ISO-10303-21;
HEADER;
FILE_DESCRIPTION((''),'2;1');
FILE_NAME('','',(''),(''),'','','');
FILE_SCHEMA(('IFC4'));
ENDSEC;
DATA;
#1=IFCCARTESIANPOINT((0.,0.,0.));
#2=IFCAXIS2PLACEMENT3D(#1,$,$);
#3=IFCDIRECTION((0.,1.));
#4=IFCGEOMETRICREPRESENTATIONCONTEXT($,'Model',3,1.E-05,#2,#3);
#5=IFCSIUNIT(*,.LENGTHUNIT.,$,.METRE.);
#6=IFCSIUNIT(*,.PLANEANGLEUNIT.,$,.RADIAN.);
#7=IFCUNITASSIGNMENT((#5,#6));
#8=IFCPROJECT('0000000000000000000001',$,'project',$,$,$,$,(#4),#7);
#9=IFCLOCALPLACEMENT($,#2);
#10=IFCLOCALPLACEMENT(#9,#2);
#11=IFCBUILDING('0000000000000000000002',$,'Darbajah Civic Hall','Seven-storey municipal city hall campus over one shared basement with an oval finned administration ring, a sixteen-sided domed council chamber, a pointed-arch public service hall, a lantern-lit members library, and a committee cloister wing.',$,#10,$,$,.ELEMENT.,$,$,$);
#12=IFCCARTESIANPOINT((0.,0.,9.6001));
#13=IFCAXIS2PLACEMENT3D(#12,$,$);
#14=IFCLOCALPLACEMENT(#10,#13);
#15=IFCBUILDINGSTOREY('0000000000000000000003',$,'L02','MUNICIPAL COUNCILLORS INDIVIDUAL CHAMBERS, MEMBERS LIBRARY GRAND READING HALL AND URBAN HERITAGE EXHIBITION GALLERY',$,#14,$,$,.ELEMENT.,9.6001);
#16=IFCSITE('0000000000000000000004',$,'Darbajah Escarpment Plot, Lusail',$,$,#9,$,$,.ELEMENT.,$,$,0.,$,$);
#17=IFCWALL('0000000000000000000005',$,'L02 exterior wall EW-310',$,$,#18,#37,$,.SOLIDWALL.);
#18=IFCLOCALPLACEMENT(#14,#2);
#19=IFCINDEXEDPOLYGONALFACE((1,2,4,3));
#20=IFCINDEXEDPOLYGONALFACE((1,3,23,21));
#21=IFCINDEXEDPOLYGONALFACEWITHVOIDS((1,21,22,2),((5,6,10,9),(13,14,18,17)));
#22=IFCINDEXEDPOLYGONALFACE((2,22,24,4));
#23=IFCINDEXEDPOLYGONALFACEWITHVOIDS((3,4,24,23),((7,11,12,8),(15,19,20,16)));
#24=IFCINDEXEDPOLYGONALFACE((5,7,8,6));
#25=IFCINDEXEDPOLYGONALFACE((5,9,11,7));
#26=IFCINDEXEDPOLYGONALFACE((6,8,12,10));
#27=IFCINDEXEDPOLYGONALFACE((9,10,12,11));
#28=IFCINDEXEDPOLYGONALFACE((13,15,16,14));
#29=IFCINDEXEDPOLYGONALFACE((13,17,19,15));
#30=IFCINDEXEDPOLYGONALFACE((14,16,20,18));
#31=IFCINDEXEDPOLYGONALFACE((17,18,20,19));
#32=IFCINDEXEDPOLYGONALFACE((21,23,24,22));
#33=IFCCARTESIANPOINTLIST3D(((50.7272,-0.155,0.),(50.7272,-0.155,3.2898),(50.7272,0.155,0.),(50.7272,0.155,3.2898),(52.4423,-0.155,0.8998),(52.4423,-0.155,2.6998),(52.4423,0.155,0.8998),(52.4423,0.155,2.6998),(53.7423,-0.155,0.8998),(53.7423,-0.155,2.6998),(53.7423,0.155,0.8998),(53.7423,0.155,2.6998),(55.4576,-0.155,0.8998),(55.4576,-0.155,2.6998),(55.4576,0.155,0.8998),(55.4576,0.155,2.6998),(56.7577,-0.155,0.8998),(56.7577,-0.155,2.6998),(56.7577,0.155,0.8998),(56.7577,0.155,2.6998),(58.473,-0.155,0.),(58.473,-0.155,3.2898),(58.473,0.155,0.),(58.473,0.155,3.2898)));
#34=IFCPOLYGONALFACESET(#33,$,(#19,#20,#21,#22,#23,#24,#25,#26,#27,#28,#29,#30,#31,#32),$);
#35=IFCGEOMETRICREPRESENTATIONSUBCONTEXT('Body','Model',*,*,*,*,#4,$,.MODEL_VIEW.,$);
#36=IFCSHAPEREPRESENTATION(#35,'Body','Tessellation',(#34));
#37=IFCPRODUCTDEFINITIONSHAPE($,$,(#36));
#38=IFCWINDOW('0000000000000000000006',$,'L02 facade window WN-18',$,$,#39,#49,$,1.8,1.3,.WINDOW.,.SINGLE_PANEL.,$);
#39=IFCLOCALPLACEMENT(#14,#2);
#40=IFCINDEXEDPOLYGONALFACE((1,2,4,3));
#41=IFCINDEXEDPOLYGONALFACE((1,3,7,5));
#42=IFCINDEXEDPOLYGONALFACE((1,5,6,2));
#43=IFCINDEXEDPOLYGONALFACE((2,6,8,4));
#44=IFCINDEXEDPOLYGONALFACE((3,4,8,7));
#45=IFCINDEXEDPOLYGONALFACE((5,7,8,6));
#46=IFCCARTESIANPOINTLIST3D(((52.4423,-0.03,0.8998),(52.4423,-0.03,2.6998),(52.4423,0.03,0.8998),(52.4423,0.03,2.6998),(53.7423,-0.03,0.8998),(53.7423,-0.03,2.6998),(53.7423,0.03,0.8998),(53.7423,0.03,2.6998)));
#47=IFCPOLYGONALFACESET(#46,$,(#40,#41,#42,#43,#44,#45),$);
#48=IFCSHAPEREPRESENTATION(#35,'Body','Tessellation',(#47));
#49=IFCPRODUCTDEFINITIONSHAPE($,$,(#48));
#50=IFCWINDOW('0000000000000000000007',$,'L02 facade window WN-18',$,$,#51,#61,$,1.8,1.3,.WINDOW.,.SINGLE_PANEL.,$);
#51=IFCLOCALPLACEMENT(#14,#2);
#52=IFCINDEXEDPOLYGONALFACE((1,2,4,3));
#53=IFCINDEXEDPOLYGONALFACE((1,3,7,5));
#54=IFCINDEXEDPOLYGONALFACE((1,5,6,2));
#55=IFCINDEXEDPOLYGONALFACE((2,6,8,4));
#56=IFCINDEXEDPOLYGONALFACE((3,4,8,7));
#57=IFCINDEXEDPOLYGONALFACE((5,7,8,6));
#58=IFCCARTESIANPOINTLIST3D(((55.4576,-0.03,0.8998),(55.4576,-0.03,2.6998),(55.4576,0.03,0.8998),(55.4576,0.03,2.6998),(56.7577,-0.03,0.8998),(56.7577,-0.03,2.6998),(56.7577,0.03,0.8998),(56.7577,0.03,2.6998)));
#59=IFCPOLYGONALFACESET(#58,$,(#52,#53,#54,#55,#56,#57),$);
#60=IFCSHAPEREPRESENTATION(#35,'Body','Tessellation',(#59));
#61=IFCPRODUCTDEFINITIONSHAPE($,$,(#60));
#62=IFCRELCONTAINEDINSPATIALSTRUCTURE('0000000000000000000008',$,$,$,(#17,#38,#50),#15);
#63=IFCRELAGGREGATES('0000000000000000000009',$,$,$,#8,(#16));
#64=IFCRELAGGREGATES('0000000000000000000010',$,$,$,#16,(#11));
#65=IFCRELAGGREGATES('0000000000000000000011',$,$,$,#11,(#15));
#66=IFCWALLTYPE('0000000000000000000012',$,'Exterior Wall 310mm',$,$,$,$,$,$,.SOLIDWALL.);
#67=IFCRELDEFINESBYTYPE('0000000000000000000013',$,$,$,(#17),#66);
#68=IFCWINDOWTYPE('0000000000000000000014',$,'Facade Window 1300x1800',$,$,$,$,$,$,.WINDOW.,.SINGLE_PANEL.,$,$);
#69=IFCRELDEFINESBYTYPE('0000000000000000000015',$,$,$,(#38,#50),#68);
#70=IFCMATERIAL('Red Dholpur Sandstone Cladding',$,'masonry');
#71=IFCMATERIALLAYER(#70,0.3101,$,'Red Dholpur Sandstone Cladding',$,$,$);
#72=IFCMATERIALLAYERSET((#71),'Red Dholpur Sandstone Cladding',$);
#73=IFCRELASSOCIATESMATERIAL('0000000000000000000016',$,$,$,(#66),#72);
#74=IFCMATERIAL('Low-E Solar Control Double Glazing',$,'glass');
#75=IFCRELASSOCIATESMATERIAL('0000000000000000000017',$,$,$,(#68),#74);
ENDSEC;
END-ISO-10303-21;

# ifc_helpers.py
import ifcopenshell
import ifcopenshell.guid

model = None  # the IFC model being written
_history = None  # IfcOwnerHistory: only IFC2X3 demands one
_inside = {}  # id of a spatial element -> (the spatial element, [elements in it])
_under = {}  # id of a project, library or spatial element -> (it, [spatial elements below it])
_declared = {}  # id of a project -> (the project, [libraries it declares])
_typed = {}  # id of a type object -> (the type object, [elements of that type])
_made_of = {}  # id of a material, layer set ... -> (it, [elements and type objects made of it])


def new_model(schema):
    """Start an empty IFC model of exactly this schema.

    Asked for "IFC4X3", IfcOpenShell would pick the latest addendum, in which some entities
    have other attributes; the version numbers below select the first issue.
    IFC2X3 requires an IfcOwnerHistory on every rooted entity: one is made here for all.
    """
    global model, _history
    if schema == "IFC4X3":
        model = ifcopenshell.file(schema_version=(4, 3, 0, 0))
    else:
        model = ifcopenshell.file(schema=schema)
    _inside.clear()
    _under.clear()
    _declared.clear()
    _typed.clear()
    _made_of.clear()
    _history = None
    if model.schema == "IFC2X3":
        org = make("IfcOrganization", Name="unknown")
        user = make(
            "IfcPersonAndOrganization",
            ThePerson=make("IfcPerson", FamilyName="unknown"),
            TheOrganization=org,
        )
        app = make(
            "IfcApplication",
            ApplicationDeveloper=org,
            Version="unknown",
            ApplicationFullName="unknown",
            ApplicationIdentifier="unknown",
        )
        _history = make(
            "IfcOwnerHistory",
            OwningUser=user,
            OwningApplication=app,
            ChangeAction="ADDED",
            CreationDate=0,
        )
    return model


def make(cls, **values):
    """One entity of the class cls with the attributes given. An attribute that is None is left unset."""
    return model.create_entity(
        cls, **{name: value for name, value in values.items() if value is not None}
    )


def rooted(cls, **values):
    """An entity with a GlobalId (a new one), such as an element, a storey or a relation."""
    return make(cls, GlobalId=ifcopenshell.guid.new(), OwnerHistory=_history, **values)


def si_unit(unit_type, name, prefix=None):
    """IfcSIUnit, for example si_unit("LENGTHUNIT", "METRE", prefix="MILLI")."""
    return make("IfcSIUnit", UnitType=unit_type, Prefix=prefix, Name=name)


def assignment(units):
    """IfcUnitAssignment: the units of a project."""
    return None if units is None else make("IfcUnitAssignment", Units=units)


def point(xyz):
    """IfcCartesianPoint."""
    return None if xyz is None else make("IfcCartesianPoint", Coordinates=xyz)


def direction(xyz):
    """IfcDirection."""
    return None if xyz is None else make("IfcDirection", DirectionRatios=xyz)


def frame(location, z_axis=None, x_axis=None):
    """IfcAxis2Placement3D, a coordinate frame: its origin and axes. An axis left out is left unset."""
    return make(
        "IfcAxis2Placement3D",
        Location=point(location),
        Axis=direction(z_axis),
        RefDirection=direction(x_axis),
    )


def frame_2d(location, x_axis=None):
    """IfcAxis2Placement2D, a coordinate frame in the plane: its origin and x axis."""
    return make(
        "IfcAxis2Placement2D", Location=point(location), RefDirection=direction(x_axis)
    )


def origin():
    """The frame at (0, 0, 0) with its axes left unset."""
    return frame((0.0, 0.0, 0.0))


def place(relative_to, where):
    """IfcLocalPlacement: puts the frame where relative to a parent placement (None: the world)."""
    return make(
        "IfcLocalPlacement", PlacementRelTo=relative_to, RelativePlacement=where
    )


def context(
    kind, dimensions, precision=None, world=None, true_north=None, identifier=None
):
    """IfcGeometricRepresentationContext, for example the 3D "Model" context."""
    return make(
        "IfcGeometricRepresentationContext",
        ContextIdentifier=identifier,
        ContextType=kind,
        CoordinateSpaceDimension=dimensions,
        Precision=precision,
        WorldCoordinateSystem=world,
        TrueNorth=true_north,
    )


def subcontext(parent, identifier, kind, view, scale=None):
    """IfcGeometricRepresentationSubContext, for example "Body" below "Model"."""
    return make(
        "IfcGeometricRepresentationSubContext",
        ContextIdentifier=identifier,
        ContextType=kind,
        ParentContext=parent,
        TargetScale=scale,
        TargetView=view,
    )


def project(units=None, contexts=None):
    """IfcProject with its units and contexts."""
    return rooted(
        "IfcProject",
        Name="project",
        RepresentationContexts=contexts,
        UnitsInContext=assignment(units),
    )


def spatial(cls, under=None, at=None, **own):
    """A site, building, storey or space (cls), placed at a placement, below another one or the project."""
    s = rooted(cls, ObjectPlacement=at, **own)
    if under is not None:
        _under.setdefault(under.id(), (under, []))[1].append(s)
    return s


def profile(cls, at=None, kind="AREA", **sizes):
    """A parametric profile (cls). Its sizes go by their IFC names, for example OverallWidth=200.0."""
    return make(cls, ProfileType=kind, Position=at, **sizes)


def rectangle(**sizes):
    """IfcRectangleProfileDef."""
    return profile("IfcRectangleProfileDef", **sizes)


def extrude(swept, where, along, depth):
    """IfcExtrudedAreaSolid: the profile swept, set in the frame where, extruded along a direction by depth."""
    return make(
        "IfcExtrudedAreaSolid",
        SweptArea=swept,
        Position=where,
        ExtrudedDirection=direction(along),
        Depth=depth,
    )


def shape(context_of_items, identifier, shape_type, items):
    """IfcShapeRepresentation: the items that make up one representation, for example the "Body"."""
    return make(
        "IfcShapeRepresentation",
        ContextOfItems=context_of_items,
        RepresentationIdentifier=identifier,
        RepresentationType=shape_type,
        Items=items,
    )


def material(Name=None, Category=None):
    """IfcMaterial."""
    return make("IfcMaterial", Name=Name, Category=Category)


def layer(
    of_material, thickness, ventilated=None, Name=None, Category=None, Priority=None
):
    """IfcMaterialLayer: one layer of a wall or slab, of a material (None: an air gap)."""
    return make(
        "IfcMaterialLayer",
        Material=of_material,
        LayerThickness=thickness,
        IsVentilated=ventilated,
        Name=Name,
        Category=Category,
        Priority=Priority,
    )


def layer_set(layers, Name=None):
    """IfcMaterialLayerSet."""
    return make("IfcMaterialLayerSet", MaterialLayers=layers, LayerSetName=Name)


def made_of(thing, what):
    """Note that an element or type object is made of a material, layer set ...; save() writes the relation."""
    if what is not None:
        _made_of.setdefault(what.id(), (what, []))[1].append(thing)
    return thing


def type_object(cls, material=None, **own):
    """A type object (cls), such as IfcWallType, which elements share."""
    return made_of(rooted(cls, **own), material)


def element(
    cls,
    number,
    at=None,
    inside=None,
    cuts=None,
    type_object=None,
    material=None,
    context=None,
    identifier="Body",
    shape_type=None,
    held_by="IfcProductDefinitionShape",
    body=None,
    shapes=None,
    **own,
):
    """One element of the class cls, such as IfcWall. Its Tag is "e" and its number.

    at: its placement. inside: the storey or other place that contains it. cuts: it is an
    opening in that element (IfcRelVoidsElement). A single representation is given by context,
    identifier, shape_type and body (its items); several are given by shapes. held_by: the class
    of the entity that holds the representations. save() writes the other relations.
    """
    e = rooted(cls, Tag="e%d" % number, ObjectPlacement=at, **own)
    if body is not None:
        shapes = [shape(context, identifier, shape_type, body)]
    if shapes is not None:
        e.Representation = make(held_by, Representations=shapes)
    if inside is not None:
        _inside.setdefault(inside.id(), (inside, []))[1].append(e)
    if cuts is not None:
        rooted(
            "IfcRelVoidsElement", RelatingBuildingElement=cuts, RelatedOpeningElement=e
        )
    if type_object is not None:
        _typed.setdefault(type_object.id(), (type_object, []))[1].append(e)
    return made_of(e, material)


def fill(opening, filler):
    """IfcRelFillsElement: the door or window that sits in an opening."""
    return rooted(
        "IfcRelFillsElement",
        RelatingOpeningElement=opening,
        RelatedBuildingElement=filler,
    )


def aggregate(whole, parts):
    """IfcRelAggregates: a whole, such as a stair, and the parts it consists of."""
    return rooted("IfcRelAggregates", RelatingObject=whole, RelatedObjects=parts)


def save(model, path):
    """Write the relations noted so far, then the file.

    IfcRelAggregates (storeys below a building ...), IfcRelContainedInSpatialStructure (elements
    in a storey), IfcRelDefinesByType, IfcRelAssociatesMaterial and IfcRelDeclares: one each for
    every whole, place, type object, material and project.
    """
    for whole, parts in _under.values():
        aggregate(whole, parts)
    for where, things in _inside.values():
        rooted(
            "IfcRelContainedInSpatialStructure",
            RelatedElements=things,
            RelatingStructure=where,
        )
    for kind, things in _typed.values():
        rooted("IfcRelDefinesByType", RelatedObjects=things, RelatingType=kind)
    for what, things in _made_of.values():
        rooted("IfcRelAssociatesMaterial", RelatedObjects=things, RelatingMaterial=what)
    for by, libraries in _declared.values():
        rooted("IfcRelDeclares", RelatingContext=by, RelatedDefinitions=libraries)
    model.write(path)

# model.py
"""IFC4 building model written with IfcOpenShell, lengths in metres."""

from ifc_helpers import new_model, si_unit, direction, frame, frame_2d, origin, place, context, subcontext, project, spatial, rectangle, extrude, material, layer, layer_set, type_object, element, fill, save


model = new_model("IFC4")

# Units and contexts
model_context = context("Model", 3, precision=1e-05, world=origin(), true_north=direction((0.0, 1.0)))
body_context = subcontext(model_context, "Body", "Model", "MODEL_VIEW")
ifc_project = project(units=[si_unit("LENGTHUNIT", "METRE"), si_unit("PLANEANGLEUNIT", "RADIAN")], contexts=[model_context])

# Site, building, storey
site_placement = place(None, origin())
site = spatial("IfcSite", under=ifc_project, at=site_placement, Name="Darbajah Escarpment Plot, Lusail", CompositionType="ELEMENT", RefElevation=0.0)
building_placement = place(site_placement, origin())
building = spatial("IfcBuilding", under=site, at=building_placement, Name="Darbajah Civic Hall", Description="Seven-storey municipal city hall campus over one shared basement with an oval finned administration ring, a sixteen-sided domed council chamber, a pointed-arch public service hall, a lantern-lit members library, and a committee cloister wing.", CompositionType="ELEMENT")
storey_placement = place(building_placement, frame((0.0, 0.0, 9.6001)))
storey = spatial("IfcBuildingStorey", under=building, at=storey_placement, Name="L02", Description="MUNICIPAL COUNCILLORS INDIVIDUAL CHAMBERS, MEMBERS LIBRARY GRAND READING HALL AND URBAN HERITAGE EXHIBITION GALLERY", CompositionType="ELEMENT", Elevation=9.6001)

# Shared definitions
ifc_material_1 = material(Name="Low-E Solar Control Double Glazing", Category="glass")

# Wall, openings, windows
ifc_material_2 = material(Name="Red Dholpur Sandstone Cladding", Category="masonry")
ifc_layer_1 = layer(ifc_material_2, 0.3101, Name="Red Dholpur Sandstone Cladding")
ifc_layer_set_1 = layer_set([ifc_layer_1], Name="Red Dholpur Sandstone Cladding")
wall_type = type_object("IfcWallType", Name="Exterior Wall 310mm", PredefinedType="SOLIDWALL", material=ifc_layer_set_1)
wall_placement = place(storey_placement, frame((50.7271, 0.0, 0.0), z_axis=(0.0, 0.0, 1.0), x_axis=(1.0, 0.0, 0.0)))
wall = element("IfcWall", 1, at=wall_placement, inside=storey, type_object=wall_type, Name="L02 exterior wall EW-310", PredefinedType="SOLIDWALL", context=body_context, shape_type="SweptSolid", body=[
    extrude(rectangle(XDim=7.7458, YDim=0.3101, at=frame_2d((3.873, 0.0))), origin(), (0.0, 0.0, 1.0), 3.2898),
])
opening_1_placement = place(wall_placement, frame((1.7153, 0.0, 0.8999)))
opening_1 = element("IfcOpeningElement", 2, at=opening_1_placement, cuts=wall, PredefinedType="OPENING", context=body_context, shape_type="SweptSolid", body=[
    extrude(rectangle(XDim=1.3, YDim=1.8, at=frame_2d((0.6499, 0.8999))), frame((0.0, 0.165, 0.0), z_axis=(0.0, -1.0, 0.0), x_axis=(1.0, 0.0, 0.0)), (0.0, 0.0, 1.0), 0.3301),
])
opening_2_placement = place(wall_placement, frame((4.7307, 0.0, 0.8999)))
opening_2 = element("IfcOpeningElement", 3, at=opening_2_placement, cuts=wall, PredefinedType="OPENING", context=body_context, shape_type="SweptSolid", body=[
    extrude(rectangle(XDim=1.3, YDim=1.8, at=frame_2d((0.6499, 0.8999))), frame((0.0, 0.165, 0.0), z_axis=(0.0, -1.0, 0.0), x_axis=(1.0, 0.0, 0.0)), (0.0, 0.0, 1.0), 0.3301),
])
window_type = type_object("IfcWindowType", Name="Facade Window 1300x1800", PartitioningType="SINGLE_PANEL", PredefinedType="WINDOW", material=ifc_material_1)
window_1_placement = place(opening_1_placement, origin())
window_1 = element("IfcWindow", 4, at=window_1_placement, inside=storey, type_object=window_type, Name="L02 facade window WN-18", OverallHeight=1.8, OverallWidth=1.3, PartitioningType="SINGLE_PANEL", PredefinedType="WINDOW", context=body_context, shape_type="SweptSolid", body=[
    extrude(rectangle(XDim=1.3, YDim=1.8, at=frame_2d((0.6499, 0.8999))), frame((0.0, 0.03, 0.0), z_axis=(0.0, -1.0, 0.0), x_axis=(1.0, 0.0, 0.0)), (0.0, 0.0, 1.0), 0.0601),
])
fill(opening_1, window_1)
window_2_placement = place(opening_2_placement, origin())
window_2 = element("IfcWindow", 5, at=window_2_placement, inside=storey, type_object=window_type, Name="L02 facade window WN-18", OverallHeight=1.8, OverallWidth=1.3, PartitioningType="SINGLE_PANEL", PredefinedType="WINDOW", context=body_context, shape_type="SweptSolid", body=[
    extrude(rectangle(XDim=1.3, YDim=1.8, at=frame_2d((0.6499, 0.8999))), frame((0.0, 0.03, 0.0), z_axis=(0.0, -1.0, 0.0), x_axis=(1.0, 0.0, 0.0)), (0.0, 0.0, 1.0), 0.0601),
])
fill(opening_2, window_2)

save(model, "model.ifc")
